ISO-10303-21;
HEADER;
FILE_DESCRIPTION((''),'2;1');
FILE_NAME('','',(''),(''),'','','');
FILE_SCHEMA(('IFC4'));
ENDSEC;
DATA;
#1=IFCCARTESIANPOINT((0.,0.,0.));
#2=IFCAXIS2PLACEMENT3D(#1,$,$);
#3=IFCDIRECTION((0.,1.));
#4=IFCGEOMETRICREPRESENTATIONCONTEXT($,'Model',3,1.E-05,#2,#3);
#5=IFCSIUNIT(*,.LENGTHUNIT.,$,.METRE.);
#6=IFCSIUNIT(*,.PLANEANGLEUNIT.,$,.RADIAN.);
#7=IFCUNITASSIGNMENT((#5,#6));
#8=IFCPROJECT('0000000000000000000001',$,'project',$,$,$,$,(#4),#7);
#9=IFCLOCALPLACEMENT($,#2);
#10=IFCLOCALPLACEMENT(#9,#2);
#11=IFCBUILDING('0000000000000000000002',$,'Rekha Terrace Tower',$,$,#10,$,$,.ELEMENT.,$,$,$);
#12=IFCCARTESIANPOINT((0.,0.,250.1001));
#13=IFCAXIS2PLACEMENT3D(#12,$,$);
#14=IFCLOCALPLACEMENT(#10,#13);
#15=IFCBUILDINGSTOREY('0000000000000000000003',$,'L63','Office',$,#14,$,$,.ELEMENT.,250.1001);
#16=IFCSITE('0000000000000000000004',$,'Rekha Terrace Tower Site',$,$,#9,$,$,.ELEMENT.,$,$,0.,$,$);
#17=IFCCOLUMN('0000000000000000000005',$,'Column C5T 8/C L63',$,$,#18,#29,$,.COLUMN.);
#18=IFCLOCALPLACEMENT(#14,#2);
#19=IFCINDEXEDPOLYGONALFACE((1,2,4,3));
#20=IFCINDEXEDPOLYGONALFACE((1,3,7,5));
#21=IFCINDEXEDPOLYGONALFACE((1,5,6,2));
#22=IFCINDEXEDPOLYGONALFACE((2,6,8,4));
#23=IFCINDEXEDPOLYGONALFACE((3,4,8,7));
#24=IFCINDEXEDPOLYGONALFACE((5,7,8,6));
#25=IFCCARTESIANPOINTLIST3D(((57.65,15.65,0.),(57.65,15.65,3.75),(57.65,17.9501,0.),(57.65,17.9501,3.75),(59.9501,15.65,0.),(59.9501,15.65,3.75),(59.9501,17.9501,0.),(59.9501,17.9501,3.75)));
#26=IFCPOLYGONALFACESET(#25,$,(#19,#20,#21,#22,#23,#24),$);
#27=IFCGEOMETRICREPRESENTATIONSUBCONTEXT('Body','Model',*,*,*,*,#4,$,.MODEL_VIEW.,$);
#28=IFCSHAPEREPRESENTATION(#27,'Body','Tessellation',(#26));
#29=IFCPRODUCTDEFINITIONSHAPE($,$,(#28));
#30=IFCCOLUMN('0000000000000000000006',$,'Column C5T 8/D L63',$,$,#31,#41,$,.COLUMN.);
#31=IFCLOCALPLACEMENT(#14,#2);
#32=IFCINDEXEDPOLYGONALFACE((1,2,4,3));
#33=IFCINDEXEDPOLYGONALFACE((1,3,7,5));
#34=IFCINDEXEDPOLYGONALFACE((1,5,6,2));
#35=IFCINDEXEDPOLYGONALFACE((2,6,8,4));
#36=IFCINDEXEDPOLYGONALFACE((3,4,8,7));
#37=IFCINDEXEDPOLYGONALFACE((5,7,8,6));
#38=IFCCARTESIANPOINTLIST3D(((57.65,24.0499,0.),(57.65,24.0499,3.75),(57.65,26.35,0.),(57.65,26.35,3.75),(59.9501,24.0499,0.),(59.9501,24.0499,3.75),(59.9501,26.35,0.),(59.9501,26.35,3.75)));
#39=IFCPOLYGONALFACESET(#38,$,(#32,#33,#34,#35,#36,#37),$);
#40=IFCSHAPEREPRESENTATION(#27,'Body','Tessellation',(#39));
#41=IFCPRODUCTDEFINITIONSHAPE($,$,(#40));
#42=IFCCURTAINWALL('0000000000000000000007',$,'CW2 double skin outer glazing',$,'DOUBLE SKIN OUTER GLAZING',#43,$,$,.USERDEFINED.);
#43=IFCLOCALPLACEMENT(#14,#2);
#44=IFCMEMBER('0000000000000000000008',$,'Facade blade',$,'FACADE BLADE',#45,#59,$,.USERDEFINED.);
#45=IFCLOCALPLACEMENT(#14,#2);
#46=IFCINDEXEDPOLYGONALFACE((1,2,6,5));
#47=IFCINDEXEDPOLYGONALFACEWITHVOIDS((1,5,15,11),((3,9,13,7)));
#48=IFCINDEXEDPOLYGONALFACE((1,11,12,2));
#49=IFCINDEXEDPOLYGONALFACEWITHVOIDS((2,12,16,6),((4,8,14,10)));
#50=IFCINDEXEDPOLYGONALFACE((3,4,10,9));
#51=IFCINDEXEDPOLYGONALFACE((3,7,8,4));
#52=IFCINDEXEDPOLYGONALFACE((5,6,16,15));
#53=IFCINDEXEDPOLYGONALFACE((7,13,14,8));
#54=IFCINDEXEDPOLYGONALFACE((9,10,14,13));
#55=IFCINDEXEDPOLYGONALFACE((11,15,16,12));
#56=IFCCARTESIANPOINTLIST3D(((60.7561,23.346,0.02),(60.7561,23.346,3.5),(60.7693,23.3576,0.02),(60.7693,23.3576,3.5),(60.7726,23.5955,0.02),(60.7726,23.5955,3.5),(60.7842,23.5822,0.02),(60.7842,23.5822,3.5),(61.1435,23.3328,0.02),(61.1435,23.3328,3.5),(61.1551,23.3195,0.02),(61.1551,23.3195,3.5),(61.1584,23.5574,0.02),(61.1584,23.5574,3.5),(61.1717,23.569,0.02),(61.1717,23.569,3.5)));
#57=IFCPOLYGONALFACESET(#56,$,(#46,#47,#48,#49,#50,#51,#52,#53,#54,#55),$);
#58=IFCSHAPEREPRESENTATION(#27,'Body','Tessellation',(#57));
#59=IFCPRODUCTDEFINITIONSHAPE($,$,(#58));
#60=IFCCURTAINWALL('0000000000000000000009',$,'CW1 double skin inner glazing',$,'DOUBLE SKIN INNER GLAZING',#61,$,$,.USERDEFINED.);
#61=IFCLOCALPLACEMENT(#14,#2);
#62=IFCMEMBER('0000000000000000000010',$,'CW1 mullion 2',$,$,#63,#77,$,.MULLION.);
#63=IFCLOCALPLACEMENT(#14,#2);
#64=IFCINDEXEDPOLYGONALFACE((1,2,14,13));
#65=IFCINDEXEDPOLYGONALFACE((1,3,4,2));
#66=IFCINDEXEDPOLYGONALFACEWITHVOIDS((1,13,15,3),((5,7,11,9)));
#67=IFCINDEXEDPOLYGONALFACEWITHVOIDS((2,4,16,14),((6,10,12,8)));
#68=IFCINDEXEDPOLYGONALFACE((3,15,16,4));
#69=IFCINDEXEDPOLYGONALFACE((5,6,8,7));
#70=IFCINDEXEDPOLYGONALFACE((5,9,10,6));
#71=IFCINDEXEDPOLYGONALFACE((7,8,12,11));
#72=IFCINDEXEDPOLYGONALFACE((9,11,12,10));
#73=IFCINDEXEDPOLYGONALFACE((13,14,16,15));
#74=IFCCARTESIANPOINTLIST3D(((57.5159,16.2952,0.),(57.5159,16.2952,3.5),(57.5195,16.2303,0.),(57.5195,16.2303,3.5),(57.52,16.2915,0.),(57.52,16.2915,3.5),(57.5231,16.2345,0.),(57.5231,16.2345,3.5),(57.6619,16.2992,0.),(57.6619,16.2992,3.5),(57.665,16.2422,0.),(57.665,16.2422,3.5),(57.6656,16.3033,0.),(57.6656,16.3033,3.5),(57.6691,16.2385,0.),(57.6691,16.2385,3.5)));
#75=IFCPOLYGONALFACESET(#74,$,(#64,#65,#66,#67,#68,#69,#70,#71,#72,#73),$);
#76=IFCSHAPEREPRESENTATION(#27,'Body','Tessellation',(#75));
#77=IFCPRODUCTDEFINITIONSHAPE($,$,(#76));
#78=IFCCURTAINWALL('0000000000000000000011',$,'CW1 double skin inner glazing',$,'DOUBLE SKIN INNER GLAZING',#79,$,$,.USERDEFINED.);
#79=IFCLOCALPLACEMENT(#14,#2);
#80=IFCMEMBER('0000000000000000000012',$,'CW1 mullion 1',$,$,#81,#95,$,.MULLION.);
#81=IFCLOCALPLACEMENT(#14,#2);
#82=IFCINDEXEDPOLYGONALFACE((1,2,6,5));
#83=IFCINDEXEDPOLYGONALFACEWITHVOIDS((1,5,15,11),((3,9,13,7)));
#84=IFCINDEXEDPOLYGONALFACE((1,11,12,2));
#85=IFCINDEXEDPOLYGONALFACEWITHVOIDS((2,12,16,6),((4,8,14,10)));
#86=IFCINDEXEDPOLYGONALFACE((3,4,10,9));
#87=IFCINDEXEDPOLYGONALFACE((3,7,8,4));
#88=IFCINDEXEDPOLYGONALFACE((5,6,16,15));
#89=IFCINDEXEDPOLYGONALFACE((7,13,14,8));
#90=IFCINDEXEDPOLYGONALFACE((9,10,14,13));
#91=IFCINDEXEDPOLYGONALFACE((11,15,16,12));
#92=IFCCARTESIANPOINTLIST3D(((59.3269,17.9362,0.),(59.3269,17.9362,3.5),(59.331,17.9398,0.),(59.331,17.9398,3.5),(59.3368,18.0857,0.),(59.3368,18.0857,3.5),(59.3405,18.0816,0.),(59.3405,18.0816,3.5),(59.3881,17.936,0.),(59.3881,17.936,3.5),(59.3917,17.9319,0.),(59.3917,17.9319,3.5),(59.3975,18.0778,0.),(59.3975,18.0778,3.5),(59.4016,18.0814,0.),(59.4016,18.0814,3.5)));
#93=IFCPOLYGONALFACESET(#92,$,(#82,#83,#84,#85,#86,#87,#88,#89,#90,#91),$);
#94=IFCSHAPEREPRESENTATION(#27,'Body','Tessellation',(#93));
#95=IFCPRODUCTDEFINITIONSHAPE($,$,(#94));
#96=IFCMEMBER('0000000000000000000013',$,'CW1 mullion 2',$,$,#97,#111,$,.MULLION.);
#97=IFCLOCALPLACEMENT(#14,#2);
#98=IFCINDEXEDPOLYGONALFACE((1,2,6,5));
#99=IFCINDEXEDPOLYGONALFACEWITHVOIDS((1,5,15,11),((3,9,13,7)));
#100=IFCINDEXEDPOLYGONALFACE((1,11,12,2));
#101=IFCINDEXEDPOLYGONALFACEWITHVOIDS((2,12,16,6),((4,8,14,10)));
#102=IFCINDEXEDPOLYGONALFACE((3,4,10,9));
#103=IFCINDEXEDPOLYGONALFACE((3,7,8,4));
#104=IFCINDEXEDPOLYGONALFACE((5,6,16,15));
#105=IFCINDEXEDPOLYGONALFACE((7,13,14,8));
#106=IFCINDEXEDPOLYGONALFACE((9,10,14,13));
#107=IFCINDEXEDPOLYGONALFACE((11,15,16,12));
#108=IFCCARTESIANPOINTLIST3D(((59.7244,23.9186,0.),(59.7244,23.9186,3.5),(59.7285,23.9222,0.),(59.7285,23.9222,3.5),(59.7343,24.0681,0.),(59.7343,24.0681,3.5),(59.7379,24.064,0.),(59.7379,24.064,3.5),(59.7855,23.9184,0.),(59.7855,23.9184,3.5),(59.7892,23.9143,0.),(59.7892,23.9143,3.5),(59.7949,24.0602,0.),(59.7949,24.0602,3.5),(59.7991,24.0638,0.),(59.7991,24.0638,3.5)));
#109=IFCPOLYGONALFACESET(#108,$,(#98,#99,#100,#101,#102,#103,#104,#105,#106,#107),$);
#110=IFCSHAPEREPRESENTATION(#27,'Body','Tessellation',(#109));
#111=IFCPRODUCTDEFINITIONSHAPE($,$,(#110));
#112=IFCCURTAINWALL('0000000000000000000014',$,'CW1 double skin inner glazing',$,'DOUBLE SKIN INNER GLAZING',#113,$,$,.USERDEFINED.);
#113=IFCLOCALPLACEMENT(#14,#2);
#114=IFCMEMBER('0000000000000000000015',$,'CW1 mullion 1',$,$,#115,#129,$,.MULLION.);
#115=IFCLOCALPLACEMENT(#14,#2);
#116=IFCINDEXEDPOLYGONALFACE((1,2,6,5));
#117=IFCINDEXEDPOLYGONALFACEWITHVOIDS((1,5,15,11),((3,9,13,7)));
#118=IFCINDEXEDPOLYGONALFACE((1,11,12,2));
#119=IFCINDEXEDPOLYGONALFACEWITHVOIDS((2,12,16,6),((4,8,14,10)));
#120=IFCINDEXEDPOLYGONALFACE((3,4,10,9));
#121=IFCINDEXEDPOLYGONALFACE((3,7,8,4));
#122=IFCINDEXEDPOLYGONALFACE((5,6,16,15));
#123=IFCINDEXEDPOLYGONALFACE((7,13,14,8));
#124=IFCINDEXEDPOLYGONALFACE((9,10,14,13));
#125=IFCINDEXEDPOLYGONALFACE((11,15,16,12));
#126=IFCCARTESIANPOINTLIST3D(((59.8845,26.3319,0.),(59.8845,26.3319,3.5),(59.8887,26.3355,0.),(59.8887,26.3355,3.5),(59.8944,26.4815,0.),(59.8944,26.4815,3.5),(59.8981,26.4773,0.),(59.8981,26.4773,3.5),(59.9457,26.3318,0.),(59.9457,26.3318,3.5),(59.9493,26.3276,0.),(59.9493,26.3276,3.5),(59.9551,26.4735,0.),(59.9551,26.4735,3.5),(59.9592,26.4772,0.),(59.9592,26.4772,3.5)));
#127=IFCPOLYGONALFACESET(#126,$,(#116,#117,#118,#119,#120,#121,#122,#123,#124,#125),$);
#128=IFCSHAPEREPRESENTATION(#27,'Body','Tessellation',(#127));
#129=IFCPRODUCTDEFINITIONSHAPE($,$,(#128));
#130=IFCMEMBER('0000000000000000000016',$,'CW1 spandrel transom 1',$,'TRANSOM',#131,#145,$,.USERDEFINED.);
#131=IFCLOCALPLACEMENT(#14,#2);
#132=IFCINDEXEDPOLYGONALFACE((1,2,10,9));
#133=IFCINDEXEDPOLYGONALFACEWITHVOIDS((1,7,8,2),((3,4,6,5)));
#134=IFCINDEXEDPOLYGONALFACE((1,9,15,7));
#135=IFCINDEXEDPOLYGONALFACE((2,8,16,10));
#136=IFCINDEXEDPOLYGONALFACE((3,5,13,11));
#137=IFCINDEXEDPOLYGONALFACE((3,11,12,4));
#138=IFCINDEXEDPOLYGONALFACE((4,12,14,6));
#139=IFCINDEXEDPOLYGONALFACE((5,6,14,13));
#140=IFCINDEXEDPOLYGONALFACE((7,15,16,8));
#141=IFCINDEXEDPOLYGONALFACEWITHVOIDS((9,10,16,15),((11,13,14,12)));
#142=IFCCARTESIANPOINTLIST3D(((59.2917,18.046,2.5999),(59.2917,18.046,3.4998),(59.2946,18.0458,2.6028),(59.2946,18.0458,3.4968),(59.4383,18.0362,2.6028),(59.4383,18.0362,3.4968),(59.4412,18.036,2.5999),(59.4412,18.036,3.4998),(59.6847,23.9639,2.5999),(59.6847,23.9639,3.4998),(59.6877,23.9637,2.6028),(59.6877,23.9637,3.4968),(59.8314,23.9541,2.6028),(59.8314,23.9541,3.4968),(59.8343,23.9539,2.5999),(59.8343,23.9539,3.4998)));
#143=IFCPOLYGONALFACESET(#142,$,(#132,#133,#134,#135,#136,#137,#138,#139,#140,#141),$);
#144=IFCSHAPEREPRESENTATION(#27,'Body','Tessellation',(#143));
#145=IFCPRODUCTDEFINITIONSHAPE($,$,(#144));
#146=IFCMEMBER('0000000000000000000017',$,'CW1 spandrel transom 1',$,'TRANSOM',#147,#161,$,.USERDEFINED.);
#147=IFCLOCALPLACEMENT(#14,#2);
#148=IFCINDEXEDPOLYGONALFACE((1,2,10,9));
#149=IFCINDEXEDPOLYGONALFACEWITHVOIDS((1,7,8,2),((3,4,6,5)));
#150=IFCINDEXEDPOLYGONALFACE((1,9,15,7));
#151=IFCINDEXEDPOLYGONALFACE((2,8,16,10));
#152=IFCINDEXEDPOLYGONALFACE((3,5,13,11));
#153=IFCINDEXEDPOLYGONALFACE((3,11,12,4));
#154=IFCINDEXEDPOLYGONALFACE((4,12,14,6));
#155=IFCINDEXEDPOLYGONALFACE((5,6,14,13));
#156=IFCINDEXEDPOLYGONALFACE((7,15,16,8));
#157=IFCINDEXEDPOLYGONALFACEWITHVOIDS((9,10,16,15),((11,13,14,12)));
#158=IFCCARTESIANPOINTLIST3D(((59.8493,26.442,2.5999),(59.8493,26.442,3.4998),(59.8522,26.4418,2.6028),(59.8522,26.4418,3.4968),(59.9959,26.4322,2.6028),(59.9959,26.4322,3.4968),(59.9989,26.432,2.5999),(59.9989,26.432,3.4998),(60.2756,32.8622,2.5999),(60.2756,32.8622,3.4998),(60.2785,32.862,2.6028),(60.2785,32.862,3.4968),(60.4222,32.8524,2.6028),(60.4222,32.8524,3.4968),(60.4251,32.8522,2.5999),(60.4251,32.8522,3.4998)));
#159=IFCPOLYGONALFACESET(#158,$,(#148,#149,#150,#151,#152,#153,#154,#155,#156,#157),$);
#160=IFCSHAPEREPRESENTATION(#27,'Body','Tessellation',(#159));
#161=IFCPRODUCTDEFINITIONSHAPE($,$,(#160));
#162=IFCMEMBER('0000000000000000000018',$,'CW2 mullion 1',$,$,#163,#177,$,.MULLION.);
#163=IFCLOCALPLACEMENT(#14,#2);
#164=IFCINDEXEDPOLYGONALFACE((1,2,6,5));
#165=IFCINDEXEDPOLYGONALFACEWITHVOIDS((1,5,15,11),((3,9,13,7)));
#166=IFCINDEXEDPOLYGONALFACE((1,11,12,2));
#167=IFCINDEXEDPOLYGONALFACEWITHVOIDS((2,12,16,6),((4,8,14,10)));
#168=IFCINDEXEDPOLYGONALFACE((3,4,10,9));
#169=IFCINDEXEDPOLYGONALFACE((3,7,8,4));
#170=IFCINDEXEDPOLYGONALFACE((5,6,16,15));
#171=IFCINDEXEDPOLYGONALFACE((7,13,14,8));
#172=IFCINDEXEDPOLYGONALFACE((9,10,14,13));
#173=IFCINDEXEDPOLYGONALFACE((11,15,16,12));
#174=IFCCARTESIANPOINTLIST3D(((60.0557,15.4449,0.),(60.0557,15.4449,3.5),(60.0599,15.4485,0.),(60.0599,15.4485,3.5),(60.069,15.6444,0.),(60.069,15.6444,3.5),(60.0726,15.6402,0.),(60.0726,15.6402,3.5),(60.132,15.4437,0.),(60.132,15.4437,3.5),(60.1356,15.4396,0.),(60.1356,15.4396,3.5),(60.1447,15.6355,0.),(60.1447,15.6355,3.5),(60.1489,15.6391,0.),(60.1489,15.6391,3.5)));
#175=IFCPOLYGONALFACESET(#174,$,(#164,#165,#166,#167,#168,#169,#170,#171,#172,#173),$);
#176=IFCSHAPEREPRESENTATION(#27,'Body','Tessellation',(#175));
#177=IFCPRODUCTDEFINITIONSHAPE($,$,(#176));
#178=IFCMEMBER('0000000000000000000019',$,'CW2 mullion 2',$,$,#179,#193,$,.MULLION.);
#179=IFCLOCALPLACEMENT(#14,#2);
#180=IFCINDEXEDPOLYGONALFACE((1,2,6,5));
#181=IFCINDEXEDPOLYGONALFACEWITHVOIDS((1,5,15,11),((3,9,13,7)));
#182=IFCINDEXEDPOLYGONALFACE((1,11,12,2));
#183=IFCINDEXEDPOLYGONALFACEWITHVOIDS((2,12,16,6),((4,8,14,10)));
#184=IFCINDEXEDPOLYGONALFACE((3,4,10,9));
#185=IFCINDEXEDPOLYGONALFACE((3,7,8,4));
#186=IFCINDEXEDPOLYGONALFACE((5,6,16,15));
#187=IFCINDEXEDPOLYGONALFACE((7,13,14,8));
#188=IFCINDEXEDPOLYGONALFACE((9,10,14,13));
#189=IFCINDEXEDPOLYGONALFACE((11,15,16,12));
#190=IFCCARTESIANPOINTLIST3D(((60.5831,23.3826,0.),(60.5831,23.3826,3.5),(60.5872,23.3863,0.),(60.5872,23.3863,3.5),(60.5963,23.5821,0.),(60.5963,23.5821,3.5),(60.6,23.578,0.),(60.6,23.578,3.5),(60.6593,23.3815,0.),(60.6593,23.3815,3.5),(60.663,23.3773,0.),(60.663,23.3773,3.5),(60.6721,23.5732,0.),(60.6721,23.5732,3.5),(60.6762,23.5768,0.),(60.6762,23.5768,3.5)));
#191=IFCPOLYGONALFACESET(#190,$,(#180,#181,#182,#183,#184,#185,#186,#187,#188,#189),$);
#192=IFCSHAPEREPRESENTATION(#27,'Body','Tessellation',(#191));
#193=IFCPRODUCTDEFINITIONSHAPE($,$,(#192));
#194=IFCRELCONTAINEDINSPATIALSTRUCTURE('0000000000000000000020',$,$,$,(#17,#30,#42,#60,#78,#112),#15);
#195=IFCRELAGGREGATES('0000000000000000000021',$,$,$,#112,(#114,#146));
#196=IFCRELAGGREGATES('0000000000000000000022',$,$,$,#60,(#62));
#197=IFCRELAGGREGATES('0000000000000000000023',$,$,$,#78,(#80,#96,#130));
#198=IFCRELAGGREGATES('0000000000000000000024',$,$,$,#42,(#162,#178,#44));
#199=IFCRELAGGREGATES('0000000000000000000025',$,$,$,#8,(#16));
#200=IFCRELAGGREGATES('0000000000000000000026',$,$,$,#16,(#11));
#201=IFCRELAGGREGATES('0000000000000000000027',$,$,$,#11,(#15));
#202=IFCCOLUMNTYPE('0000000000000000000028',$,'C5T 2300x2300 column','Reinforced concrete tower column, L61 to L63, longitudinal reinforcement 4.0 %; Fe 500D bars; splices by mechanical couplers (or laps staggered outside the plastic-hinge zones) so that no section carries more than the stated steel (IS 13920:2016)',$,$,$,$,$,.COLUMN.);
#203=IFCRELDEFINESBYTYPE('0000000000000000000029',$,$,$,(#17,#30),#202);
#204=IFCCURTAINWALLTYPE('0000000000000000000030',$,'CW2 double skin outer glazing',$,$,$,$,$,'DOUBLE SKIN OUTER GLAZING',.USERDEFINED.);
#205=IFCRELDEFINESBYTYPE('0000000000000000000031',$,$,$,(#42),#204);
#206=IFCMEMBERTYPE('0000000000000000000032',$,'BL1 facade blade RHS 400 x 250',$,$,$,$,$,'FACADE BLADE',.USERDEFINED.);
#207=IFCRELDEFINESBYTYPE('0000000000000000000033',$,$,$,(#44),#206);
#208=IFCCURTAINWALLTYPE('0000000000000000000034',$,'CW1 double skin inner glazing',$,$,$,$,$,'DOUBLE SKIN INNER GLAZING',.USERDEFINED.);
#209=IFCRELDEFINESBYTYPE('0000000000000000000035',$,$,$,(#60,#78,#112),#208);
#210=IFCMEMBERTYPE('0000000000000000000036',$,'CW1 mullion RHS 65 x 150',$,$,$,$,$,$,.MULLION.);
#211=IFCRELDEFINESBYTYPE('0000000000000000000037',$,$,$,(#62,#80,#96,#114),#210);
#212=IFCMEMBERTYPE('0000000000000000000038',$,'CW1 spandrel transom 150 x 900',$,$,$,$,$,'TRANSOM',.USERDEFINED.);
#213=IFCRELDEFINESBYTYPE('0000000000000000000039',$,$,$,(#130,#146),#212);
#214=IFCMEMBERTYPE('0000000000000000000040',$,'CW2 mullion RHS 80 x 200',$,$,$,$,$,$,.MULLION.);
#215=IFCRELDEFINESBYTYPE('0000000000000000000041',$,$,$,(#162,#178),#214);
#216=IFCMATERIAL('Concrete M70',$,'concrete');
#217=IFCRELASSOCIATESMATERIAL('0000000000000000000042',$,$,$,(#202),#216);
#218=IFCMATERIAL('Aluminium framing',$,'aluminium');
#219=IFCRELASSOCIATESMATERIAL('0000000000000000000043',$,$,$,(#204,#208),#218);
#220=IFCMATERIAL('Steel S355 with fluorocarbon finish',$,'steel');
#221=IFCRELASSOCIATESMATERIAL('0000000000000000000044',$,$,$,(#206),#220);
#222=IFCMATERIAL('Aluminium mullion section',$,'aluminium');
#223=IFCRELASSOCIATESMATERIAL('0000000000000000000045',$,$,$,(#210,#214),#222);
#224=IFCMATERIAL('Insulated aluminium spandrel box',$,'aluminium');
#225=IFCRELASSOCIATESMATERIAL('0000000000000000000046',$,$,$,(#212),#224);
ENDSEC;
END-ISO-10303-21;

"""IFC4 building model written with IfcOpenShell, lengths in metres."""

from ifc_helpers import new_model, si_unit, direction, frame, origin, origin_2d, place, context, subcontext, project, spatial, rectangle, hollow_rectangle, extrude, material, material_profile, profile_set, type_object, element, aggregate, save


model = new_model("IFC4")

# Units and contexts
model_context = context("Model", 3, precision=1e-05, world=origin(), true_north=direction((0.0, 1.0)))
body_context = subcontext(model_context, "Body", "Model", "MODEL_VIEW")
ifc_project = project(units=[si_unit("LENGTHUNIT", "METRE"), si_unit("PLANEANGLEUNIT", "RADIAN")], contexts=[model_context])

# Site, building, storey
site_placement = place(None, origin())
site = spatial("IfcSite", under=ifc_project, at=site_placement, Name="Rekha Terrace Tower Site", CompositionType="ELEMENT", RefElevation=0.0)
building_placement = place(site_placement, origin())
building = spatial("IfcBuilding", under=site, at=building_placement, Name="Rekha Terrace Tower", CompositionType="ELEMENT")
storey_placement = place(building_placement, frame((0.0, 0.0, 250.1001)))
storey = spatial("IfcBuildingStorey", under=building, at=storey_placement, Name="L63", Description="Office", CompositionType="ELEMENT", Elevation=250.1001)

# Columns
ifc_material_1 = material(Name="Concrete M70", Category="concrete")
ifc_material_profile_1 = material_profile(ifc_material_1, rectangle(XDim=2.3, YDim=2.3, at=origin_2d()), Name="RC 2300x2300")
ifc_profile_set_1 = profile_set([ifc_material_profile_1], Name="Concrete M70")
column_type = type_object("IfcColumnType", Name="C5T 2300x2300 column", Description="Reinforced concrete tower column, L61 to L63, longitudinal reinforcement 4.0 %; Fe 500D bars; splices by mechanical couplers (or laps staggered outside the plastic-hinge zones) so that no section carries more than the stated steel (IS 13920:2016)", PredefinedType="COLUMN", material=ifc_profile_set_1)
for number, where, z_axis, x_axis, name in (
    (1, (58.8, 16.8, 0.0), (0.0, 0.0, 1.0), (1.0, 0.0, 0.0), "Column C5T 8/C L63"),
    (2, (58.8, 25.2, 0.0), (0.0, 0.0, 1.0), (1.0, 0.0, 0.0), "Column C5T 8/D L63"),
):
    element("IfcColumn", number, at=place(storey_placement, frame(where, z_axis=z_axis, x_axis=x_axis)), inside=storey, type_object=column_type, Name=name, PredefinedType="COLUMN", context=body_context, shape_type="SweptSolid", body=[
        extrude(rectangle(XDim=2.3, YDim=2.3, at=origin_2d()), origin(), (0.0, 0.0, 1.0), 3.75),
    ])

# Curtain walls, members
ifc_material_2 = material(Name="Aluminium framing", Category="aluminium")
curtain_wall_type_1 = type_object("IfcCurtainWallType", Name="CW2 double skin outer glazing", ElementType="DOUBLE SKIN OUTER GLAZING", PredefinedType="USERDEFINED", material=ifc_material_2)
curtain_wall_1_placement = place(storey_placement, origin())
curtain_wall_1 = element("IfcCurtainWall", 3, at=curtain_wall_1_placement, inside=storey, type_object=curtain_wall_type_1, Name="CW2 double skin outer glazing", ObjectType="DOUBLE SKIN OUTER GLAZING", PredefinedType="USERDEFINED")
ifc_material_3 = material(Name="Steel S355 with fluorocarbon finish", Category="steel")
ifc_material_profile_2 = material_profile(ifc_material_3, hollow_rectangle(XDim=0.25, YDim=0.3999, WallThickness=0.0125, at=origin_2d()), Name="RHS400x250x12.5")
ifc_profile_set_2 = profile_set([ifc_material_profile_2], Name="Steel S355 with fluorocarbon finish")
member_type_1 = type_object("IfcMemberType", Name="BL1 facade blade RHS 400 x 250", ElementType="FACADE BLADE", PredefinedType="USERDEFINED", material=ifc_profile_set_2)
member_1_placement = place(storey_placement, frame((60.9639, 23.4575, 0.02), z_axis=(0.0, 0.0, 1.0), x_axis=(0.066272, 0.997802, 0.0)))
member_1 = element("IfcMember", 4, at=member_1_placement, type_object=member_type_1, Name="Facade blade", ObjectType="FACADE BLADE", PredefinedType="USERDEFINED", context=body_context, shape_type="SweptSolid", body=[
    extrude(hollow_rectangle(XDim=0.25, YDim=0.3999, WallThickness=0.0125, at=origin_2d()), origin(), (0.0, 0.0, 1.0), 3.48),
])
curtain_wall_type_2 = type_object("IfcCurtainWallType", Name="CW1 double skin inner glazing", ElementType="DOUBLE SKIN INNER GLAZING", PredefinedType="USERDEFINED", material=ifc_material_2)
curtain_wall_2_placement = place(storey_placement, origin())
curtain_wall_2 = element("IfcCurtainWall", 5, at=curtain_wall_2_placement, inside=storey, type_object=curtain_wall_type_2, Name="CW1 double skin inner glazing", ObjectType="DOUBLE SKIN INNER GLAZING", PredefinedType="USERDEFINED")
ifc_material_4 = material(Name="Aluminium mullion section", Category="aluminium")
ifc_material_profile_3 = material_profile(ifc_material_4, hollow_rectangle(XDim=0.0649, YDim=0.1499, WallThickness=0.0039, at=origin_2d()), Name="AL RHS 65x150")
ifc_profile_set_3 = profile_set([ifc_material_profile_3], Name="Aluminium mullion section")
member_type_2 = type_object("IfcMemberType", Name="CW1 mullion RHS 65 x 150", PredefinedType="MULLION", material=ifc_profile_set_3)
member_2_placement = place(storey_placement, frame((57.5925, 16.2668, 0.0), z_axis=(0.0, 0.0, 1.0), x_axis=(-0.054389, 0.99852, 0.0)))
member_2 = element("IfcMember", 6, at=member_2_placement, type_object=member_type_2, Name="CW1 mullion 2", PredefinedType="MULLION", context=body_context, shape_type="SweptSolid", body=[
    extrude(hollow_rectangle(XDim=0.0649, YDim=0.1499, WallThickness=0.0039, at=origin_2d()), origin(), (0.0, 0.0, 1.0), 3.5),
])

# Curtain wall, members
curtain_wall_3_placement = place(storey_placement, origin())
curtain_wall_3 = element("IfcCurtainWall", 7, at=curtain_wall_3_placement, inside=storey, type_object=curtain_wall_type_2, Name="CW1 double skin inner glazing", ObjectType="DOUBLE SKIN INNER GLAZING", PredefinedType="USERDEFINED")
member_3_placement = place(storey_placement, frame((59.3643, 18.0088, 0.0), z_axis=(0.0, 0.0, 1.0), x_axis=(-0.997802, 0.066272, 0.0)))
member_3 = element("IfcMember", 8, at=member_3_placement, type_object=member_type_2, Name="CW1 mullion 1", PredefinedType="MULLION", context=body_context, shape_type="SweptSolid", body=[
    extrude(hollow_rectangle(XDim=0.0649, YDim=0.1499, WallThickness=0.0039, at=origin_2d()), origin(), (0.0, 0.0, 1.0), 3.5),
])
member_4_placement = place(storey_placement, frame((59.7617, 23.9912, 0.0), z_axis=(0.0, 0.0, 1.0), x_axis=(-0.997802, 0.066272, 0.0)))
member_4 = element("IfcMember", 9, at=member_4_placement, type_object=member_type_2, Name="CW1 mullion 2", PredefinedType="MULLION", context=body_context, shape_type="SweptSolid", body=[
    extrude(hollow_rectangle(XDim=0.0649, YDim=0.1499, WallThickness=0.0039, at=origin_2d()), origin(), (0.0, 0.0, 1.0), 3.5),
])

# Curtain wall, member
curtain_wall_4_placement = place(storey_placement, origin())
curtain_wall_4 = element("IfcCurtainWall", 10, at=curtain_wall_4_placement, inside=storey, type_object=curtain_wall_type_2, Name="CW1 double skin inner glazing", ObjectType="DOUBLE SKIN INNER GLAZING", PredefinedType="USERDEFINED")
member_5_placement = place(storey_placement, frame((59.9219, 26.4045, 0.0), z_axis=(0.0, 0.0, 1.0), x_axis=(-0.997802, 0.066272, 0.0)))
member_5 = element("IfcMember", 11, at=member_5_placement, type_object=member_type_2, Name="CW1 mullion 1", PredefinedType="MULLION", context=body_context, shape_type="SweptSolid", body=[
    extrude(hollow_rectangle(XDim=0.0649, YDim=0.1499, WallThickness=0.0039, at=origin_2d()), origin(), (0.0, 0.0, 1.0), 3.5),
])

# Members
ifc_material_5 = material(Name="Insulated aluminium spandrel box", Category="aluminium")
ifc_material_profile_4 = material_profile(ifc_material_5, hollow_rectangle(XDim=0.1499, YDim=0.8999, WallThickness=0.0029, at=origin_2d()), Name="AL SPANDREL BOX 150x900")
ifc_profile_set_4 = profile_set([ifc_material_profile_4], Name="Insulated aluminium spandrel box")
member_type_3 = type_object("IfcMemberType", Name="CW1 spandrel transom 150 x 900", ElementType="TRANSOM", PredefinedType="USERDEFINED", material=ifc_profile_set_4)
member_6_placement = place(storey_placement, frame((59.3665, 18.041, 3.0498), z_axis=(0.066273, 0.997802, 0.0), x_axis=(-0.997802, 0.066273, 0.0)))
member_6 = element("IfcMember", 12, at=member_6_placement, type_object=member_type_3, Name="CW1 spandrel transom 1", ObjectType="TRANSOM", PredefinedType="USERDEFINED", context=body_context, shape_type="SweptSolid", body=[
    extrude(hollow_rectangle(XDim=0.1499, YDim=0.8999, WallThickness=0.0029, at=origin_2d()), origin(), (0.0, 0.0, 1.0), 5.9309),
])
member_7_placement = place(storey_placement, frame((59.9241, 26.437, 3.0498), z_axis=(0.06625, 0.997803, 0.0), x_axis=(-0.997803, 0.06625, 0.0)))
member_7 = element("IfcMember", 13, at=member_7_placement, type_object=member_type_3, Name="CW1 spandrel transom 1", ObjectType="TRANSOM", PredefinedType="USERDEFINED", context=body_context, shape_type="SweptSolid", body=[
    extrude(hollow_rectangle(XDim=0.1499, YDim=0.8999, WallThickness=0.0029, at=origin_2d()), origin(), (0.0, 0.0, 1.0), 6.4343),
])
aggregate(curtain_wall_4, [member_5, member_7])
ifc_material_profile_5 = material_profile(ifc_material_4, hollow_rectangle(XDim=0.0801, YDim=0.2, WallThickness=0.0039, at=origin_2d()), Name="AL RHS 80x200")
ifc_profile_set_5 = profile_set([ifc_material_profile_5], Name="Aluminium mullion section")
member_type_4 = type_object("IfcMemberType", Name="CW2 mullion RHS 80 x 200", PredefinedType="MULLION", material=ifc_profile_set_5)
member_8_placement = place(storey_placement, frame((60.1023, 15.542, 0.0), z_axis=(0.0, 0.0, 1.0), x_axis=(-0.997802, 0.066272, 0.0)))
member_8 = element("IfcMember", 14, at=member_8_placement, type_object=member_type_4, Name="CW2 mullion 1", PredefinedType="MULLION", context=body_context, shape_type="SweptSolid", body=[
    extrude(hollow_rectangle(XDim=0.0801, YDim=0.2, WallThickness=0.0039, at=origin_2d()), origin(), (0.0, 0.0, 1.0), 3.5),
])
member_9_placement = place(storey_placement, frame((60.6296, 23.4797, 0.0), z_axis=(0.0, 0.0, 1.0), x_axis=(-0.997802, 0.066272, 0.0)))
member_9 = element("IfcMember", 15, at=member_9_placement, type_object=member_type_4, Name="CW2 mullion 2", PredefinedType="MULLION", context=body_context, shape_type="SweptSolid", body=[
    extrude(hollow_rectangle(XDim=0.0801, YDim=0.2, WallThickness=0.0039, at=origin_2d()), origin(), (0.0, 0.0, 1.0), 3.5),
])

aggregate(curtain_wall_2, [member_2])
aggregate(curtain_wall_3, [member_3, member_4, member_6])

aggregate(curtain_wall_1, [member_8, member_9, member_1])

save(model, "model.ifc")
